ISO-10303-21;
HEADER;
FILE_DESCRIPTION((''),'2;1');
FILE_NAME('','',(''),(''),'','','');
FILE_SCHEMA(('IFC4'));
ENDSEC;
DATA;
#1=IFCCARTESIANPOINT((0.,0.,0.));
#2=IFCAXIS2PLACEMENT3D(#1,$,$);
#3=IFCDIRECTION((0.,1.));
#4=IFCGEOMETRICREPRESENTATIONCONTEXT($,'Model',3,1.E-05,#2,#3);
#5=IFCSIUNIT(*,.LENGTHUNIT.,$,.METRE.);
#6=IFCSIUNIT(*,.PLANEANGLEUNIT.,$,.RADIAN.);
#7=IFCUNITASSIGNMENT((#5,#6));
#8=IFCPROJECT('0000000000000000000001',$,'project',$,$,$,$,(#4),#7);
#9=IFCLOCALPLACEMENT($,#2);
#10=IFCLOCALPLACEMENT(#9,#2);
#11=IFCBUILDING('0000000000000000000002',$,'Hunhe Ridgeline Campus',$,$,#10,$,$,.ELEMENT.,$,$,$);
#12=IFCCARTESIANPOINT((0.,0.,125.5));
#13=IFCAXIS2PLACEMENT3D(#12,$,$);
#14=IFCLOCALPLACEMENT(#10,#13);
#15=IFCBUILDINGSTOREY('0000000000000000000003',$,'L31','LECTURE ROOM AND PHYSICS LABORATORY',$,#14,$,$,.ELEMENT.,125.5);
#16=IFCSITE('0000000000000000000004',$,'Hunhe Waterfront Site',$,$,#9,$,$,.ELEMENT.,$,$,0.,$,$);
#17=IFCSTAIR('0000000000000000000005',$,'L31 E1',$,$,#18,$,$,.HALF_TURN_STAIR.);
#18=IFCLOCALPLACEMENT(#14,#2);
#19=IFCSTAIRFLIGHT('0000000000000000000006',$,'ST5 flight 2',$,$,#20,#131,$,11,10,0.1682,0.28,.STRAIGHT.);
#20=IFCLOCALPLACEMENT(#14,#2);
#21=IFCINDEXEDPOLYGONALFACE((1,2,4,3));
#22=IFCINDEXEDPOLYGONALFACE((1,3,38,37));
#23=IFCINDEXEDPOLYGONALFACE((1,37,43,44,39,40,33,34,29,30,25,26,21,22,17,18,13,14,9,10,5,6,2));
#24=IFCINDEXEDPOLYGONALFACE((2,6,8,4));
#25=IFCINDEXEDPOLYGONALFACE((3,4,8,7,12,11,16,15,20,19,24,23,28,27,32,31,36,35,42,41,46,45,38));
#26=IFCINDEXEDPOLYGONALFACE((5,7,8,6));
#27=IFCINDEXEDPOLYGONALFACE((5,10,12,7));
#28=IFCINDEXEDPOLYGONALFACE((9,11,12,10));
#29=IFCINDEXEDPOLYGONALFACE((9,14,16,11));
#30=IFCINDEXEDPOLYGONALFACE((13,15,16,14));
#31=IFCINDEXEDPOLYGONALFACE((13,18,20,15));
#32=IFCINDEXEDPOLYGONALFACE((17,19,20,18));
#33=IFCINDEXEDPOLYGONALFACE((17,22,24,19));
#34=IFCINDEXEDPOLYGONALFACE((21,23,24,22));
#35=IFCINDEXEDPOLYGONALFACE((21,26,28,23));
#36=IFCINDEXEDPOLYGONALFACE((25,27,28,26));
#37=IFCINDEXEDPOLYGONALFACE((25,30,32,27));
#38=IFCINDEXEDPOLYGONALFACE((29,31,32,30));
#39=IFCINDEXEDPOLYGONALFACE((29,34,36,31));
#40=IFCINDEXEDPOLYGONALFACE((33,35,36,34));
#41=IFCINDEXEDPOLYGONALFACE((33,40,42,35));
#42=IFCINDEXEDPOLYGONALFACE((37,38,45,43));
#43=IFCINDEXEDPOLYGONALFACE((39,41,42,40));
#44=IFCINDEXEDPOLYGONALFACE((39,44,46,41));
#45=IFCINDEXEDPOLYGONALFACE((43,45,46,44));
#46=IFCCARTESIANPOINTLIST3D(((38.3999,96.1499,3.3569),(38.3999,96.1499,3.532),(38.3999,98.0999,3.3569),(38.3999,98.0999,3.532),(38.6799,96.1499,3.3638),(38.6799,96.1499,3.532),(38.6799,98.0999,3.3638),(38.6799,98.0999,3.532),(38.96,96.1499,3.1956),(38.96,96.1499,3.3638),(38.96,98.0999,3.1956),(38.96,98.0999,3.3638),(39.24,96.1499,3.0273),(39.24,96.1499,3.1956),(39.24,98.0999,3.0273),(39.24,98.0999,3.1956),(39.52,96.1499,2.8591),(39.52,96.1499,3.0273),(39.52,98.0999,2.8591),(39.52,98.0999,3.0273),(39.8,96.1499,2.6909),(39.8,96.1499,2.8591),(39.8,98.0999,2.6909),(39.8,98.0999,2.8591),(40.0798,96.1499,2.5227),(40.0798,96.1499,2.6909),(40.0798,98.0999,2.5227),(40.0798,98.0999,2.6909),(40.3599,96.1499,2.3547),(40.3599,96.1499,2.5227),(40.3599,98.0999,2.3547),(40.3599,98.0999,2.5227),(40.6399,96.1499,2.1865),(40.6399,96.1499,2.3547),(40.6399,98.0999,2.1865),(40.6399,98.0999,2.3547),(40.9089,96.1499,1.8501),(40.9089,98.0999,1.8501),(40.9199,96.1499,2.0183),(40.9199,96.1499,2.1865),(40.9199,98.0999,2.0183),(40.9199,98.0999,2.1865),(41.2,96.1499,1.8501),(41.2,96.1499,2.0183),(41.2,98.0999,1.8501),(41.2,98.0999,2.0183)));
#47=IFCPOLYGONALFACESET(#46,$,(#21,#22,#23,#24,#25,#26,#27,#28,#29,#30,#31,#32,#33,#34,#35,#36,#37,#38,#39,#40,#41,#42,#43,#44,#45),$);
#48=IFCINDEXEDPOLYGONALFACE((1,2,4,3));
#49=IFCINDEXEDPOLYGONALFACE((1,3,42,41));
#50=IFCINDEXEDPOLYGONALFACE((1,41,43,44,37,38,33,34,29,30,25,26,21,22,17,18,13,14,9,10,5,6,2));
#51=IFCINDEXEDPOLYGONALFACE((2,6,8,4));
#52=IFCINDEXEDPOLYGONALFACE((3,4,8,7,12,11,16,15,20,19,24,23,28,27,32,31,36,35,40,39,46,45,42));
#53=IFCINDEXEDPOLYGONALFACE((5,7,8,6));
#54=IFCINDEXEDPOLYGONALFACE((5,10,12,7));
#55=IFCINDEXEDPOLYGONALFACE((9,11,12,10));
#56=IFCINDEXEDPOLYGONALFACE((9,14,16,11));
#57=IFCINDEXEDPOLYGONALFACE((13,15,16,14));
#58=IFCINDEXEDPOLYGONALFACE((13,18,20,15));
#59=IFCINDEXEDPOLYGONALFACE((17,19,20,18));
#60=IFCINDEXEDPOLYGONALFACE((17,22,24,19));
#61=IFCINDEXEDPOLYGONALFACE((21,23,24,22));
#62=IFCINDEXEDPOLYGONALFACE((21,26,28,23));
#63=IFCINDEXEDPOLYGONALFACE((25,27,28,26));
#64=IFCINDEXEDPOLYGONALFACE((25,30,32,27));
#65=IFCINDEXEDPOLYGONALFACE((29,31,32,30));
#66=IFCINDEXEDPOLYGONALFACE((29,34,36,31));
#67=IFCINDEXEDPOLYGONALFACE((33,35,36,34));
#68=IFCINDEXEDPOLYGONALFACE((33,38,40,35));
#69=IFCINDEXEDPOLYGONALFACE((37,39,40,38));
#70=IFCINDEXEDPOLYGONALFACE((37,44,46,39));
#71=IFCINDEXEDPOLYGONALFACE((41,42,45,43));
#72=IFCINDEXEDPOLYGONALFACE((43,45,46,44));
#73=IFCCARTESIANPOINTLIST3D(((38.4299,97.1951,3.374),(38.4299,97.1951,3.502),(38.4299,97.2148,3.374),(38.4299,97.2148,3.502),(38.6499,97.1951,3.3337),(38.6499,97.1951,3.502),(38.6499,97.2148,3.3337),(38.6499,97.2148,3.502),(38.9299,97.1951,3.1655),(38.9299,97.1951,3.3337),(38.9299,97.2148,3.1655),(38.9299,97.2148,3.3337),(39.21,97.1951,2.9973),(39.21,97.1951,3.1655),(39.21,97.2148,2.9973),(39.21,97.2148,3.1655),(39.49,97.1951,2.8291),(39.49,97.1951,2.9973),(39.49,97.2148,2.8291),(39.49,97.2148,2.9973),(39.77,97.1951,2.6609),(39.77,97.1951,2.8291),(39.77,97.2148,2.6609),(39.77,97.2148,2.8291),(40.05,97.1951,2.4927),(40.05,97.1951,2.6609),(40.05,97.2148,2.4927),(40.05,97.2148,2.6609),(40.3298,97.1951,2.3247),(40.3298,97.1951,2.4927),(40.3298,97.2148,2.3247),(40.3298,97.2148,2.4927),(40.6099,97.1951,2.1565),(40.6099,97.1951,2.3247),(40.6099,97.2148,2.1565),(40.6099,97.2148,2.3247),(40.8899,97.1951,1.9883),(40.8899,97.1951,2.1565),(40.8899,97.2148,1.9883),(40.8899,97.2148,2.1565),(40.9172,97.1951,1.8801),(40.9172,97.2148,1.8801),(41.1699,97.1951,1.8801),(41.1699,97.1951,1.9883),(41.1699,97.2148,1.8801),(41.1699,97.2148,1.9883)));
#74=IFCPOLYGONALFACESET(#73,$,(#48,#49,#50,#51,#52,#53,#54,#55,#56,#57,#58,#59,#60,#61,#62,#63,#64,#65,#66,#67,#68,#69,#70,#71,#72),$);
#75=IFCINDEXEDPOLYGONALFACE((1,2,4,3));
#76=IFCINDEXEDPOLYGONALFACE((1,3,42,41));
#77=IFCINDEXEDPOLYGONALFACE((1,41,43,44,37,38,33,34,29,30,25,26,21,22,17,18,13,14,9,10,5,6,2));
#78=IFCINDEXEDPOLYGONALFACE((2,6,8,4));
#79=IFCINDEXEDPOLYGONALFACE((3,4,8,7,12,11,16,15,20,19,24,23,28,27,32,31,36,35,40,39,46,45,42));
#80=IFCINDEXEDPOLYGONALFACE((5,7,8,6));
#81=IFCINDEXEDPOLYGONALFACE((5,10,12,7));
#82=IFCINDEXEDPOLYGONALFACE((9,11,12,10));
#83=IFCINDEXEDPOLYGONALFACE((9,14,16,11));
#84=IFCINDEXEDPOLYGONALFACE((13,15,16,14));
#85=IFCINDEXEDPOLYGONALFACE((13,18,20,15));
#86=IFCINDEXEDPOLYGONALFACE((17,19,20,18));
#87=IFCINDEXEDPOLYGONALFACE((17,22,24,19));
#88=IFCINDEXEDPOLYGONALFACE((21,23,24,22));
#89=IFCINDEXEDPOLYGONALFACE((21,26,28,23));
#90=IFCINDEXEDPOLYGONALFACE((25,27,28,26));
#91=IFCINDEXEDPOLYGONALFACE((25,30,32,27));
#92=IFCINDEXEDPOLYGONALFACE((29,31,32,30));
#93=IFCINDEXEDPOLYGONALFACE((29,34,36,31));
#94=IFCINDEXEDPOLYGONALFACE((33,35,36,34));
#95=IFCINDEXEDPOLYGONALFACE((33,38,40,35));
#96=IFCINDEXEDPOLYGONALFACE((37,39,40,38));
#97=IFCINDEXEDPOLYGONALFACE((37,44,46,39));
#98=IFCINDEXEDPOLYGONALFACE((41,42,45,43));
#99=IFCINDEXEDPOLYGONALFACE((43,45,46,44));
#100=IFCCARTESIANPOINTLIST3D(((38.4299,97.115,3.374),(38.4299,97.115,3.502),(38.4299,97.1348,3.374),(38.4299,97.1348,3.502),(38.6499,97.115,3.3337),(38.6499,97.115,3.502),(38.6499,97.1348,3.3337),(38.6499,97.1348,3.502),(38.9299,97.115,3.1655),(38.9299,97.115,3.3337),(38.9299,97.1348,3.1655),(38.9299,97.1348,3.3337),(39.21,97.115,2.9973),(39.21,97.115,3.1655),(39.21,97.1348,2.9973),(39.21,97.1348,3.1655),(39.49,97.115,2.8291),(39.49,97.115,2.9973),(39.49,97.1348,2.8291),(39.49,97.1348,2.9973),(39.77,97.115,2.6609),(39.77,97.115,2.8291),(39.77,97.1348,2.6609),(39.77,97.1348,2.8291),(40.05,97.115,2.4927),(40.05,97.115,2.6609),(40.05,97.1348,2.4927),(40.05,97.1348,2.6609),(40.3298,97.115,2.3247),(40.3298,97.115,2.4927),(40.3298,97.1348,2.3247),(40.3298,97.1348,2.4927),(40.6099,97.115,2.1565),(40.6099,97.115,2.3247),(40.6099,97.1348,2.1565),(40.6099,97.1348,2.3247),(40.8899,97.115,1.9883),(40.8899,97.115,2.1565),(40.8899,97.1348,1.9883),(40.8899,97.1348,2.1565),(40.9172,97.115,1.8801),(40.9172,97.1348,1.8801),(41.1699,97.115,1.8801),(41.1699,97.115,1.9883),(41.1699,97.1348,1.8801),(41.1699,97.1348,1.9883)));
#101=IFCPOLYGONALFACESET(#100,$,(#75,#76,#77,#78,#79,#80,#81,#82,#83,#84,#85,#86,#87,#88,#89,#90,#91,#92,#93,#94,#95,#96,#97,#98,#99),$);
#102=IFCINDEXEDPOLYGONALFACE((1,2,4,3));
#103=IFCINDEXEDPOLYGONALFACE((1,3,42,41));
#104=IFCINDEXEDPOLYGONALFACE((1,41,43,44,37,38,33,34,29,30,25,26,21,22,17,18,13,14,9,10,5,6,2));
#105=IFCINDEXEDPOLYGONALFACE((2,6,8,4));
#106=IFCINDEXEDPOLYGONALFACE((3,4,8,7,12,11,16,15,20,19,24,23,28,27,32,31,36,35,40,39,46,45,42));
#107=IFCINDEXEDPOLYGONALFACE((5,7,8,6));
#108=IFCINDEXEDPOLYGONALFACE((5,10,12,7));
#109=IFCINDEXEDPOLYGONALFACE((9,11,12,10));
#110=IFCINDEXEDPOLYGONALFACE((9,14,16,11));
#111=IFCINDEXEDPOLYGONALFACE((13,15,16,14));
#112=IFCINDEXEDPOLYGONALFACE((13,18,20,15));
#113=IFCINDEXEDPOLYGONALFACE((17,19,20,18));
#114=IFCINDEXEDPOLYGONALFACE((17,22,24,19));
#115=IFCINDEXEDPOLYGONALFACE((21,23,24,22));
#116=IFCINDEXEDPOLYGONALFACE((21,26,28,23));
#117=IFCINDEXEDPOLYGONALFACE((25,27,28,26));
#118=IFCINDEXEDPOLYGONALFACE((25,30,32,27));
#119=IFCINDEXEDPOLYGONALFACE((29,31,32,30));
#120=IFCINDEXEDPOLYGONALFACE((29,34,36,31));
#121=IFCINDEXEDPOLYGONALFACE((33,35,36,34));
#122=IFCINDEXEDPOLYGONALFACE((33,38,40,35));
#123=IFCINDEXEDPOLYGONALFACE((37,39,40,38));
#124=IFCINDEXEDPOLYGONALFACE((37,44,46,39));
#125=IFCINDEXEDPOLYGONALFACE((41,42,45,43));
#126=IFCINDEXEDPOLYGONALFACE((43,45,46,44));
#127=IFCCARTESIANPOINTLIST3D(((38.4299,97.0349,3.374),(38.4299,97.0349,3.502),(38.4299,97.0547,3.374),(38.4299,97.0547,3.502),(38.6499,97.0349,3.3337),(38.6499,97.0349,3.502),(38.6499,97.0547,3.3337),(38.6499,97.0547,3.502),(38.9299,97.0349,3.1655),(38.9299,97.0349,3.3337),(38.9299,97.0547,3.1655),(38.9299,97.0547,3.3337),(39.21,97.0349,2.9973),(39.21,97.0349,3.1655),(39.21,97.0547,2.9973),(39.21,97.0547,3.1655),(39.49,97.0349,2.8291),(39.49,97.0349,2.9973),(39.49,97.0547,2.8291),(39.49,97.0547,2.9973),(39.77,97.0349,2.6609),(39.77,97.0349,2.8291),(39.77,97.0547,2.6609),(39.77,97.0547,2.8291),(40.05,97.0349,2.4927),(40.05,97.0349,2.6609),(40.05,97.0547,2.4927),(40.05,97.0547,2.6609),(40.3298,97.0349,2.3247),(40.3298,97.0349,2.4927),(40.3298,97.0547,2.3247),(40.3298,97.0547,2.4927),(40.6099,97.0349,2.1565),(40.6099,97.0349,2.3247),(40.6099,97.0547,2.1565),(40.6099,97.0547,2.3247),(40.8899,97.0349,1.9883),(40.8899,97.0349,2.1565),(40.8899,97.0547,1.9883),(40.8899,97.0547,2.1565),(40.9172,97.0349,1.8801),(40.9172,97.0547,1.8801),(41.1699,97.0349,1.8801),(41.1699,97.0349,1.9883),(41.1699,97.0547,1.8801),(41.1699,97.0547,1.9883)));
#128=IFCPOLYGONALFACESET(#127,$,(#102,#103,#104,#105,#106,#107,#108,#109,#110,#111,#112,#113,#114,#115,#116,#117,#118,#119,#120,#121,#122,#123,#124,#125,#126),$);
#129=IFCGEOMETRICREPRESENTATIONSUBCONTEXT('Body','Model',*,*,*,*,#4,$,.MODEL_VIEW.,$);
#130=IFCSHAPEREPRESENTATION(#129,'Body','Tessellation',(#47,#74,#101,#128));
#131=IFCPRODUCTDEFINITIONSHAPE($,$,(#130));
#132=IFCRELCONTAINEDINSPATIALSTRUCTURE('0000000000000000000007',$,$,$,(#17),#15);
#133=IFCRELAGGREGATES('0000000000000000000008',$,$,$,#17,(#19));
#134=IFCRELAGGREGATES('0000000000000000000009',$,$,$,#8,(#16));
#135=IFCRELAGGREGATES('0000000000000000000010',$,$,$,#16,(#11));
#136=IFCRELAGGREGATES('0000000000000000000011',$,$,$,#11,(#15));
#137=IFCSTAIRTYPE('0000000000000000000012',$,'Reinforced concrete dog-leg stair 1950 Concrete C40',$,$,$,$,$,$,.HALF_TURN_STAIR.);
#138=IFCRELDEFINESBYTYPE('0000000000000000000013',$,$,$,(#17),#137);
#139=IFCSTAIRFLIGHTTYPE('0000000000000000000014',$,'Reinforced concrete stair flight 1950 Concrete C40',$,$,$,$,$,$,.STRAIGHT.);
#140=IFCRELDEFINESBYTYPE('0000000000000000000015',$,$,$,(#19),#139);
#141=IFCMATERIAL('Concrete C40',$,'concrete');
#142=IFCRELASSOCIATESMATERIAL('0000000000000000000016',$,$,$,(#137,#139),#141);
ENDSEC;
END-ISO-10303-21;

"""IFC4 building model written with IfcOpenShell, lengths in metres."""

from ifc_helpers import new_model, si_unit, direction, frame, origin, place, context, subcontext, project, spatial, polyline, outline, extrude, material, type_object, element, aggregate, save


model = new_model("IFC4")

# Units and contexts
model_context = context("Model", 3, precision=1e-05, world=origin(), true_north=direction((0.0, 1.0)))
body_context = subcontext(model_context, "Body", "Model", "MODEL_VIEW")
ifc_project = project(units=[si_unit("LENGTHUNIT", "METRE"), si_unit("PLANEANGLEUNIT", "RADIAN")], contexts=[model_context])

# Site, building, storey
site_placement = place(None, origin())
site = spatial("IfcSite", under=ifc_project, at=site_placement, Name="Hunhe Waterfront Site", CompositionType="ELEMENT", RefElevation=0.0)
building_placement = place(site_placement, origin())
building = spatial("IfcBuilding", under=site, at=building_placement, Name="Hunhe Ridgeline Campus", CompositionType="ELEMENT")
storey_placement = place(building_placement, frame((0.0, 0.0, 125.5)))
storey = spatial("IfcBuildingStorey", under=building, at=storey_placement, Name="L31", Description="LECTURE ROOM AND PHYSICS LABORATORY", CompositionType="ELEMENT", Elevation=125.5)

# Stair, stair flight
ifc_material_1 = material(Name="Concrete C40", Category="concrete")
stair_type = type_object("IfcStairType", Name="Reinforced concrete dog-leg stair 1950 Concrete C40", PredefinedType="HALF_TURN_STAIR", material=ifc_material_1)
stair_placement = place(storey_placement, origin())
stair = element("IfcStair", 1, at=stair_placement, inside=storey, type_object=stair_type, Name="L31 E1", PredefinedType="HALF_TURN_STAIR")
stair_flight_type = type_object("IfcStairFlightType", Name="Reinforced concrete stair flight 1950 Concrete C40", PredefinedType="STRAIGHT", material=ifc_material_1)
stair_flight_1_placement = place(storey_placement, frame((41.2, 97.125, 1.8501), z_axis=(0.0, 0.0, 1.0), x_axis=(-1.0, 0.0, 0.0)))
stair_flight_1 = element("IfcStairFlight", 2, at=stair_flight_1_placement, type_object=stair_flight_type, Name="ST5 flight 2", NumberOfRisers=11, NumberOfTreads=10, PredefinedType="STRAIGHT", RiserHeight=0.1682, TreadLength=0.28, context=body_context, shape_type="SweptSolid", body=[
    extrude(outline(polyline([(0.0, 0.0), (0.0, 0.1682), (0.28, 0.1682), (0.28, 0.3364), (0.5601, 0.3364), (0.5601, 0.5046), (0.8401, 0.5046), (0.8401, 0.6726), (1.1201, 0.6726), (1.1201, 0.8408), (1.3999, 0.8408), (1.3999, 1.009), (1.6799, 1.009), (1.6799, 1.1772), (1.96, 1.1772), (1.96, 1.3455), (2.24, 1.3455), (2.24, 1.5137), (2.52, 1.5137), (2.52, 1.6819), (2.8, 1.6819), (2.8, 1.8501), (2.8, 1.5068), (0.291, 0.0), (0.0, 0.0)])), frame((0.0, 0.9751, 0.0), z_axis=(0.0, -1.0, 0.0), x_axis=(1.0, 0.0, 0.0)), (0.0, 0.0, 1.0), 1.95),
    extrude(outline(polyline([(0.03, 0.03), (0.03, 0.1382), (0.3101, 0.1382), (0.3101, 0.3064), (0.5901, 0.3064), (0.5901, 0.4746), (0.8701, 0.4746), (0.8701, 0.6426), (1.1499, 0.6426), (1.1499, 0.8108), (1.4299, 0.8108), (1.4299, 0.979), (1.71, 0.979), (1.71, 1.1472), (1.99, 1.1472), (1.99, 1.3154), (2.27, 1.3154), (2.27, 1.4836), (2.55, 1.4836), (2.55, 1.6519), (2.77, 1.6519), (2.77, 1.5239), (0.2827, 0.03), (0.03, 0.03)])), frame((0.0, -0.0701, 0.0), z_axis=(0.0, -1.0, 0.0), x_axis=(1.0, 0.0, 0.0)), (0.0, 0.0, 1.0), 0.0198),
    extrude(outline(polyline([(0.03, 0.03), (0.03, 0.1382), (0.3101, 0.1382), (0.3101, 0.3064), (0.5901, 0.3064), (0.5901, 0.4746), (0.8701, 0.4746), (0.8701, 0.6426), (1.1499, 0.6426), (1.1499, 0.8108), (1.4299, 0.8108), (1.4299, 0.979), (1.71, 0.979), (1.71, 1.1472), (1.99, 1.1472), (1.99, 1.3154), (2.27, 1.3154), (2.27, 1.4836), (2.55, 1.4836), (2.55, 1.6519), (2.77, 1.6519), (2.77, 1.5239), (0.2827, 0.03), (0.03, 0.03)])), frame((0.0, 0.01, 0.0), z_axis=(0.0, -1.0, 0.0), x_axis=(1.0, 0.0, 0.0)), (0.0, 0.0, 1.0), 0.0198),
    extrude(outline(polyline([(0.03, 0.03), (0.03, 0.1382), (0.3101, 0.1382), (0.3101, 0.3064), (0.5901, 0.3064), (0.5901, 0.4746), (0.8701, 0.4746), (0.8701, 0.6426), (1.1499, 0.6426), (1.1499, 0.8108), (1.4299, 0.8108), (1.4299, 0.979), (1.71, 0.979), (1.71, 1.1472), (1.99, 1.1472), (1.99, 1.3154), (2.27, 1.3154), (2.27, 1.4836), (2.55, 1.4836), (2.55, 1.6519), (2.77, 1.6519), (2.77, 1.5239), (0.2827, 0.03), (0.03, 0.03)])), frame((0.0, 0.0901, 0.0), z_axis=(0.0, -1.0, 0.0), x_axis=(1.0, 0.0, 0.0)), (0.0, 0.0, 1.0), 0.0198),
])
aggregate(stair, [stair_flight_1])

save(model, "model.ifc")
